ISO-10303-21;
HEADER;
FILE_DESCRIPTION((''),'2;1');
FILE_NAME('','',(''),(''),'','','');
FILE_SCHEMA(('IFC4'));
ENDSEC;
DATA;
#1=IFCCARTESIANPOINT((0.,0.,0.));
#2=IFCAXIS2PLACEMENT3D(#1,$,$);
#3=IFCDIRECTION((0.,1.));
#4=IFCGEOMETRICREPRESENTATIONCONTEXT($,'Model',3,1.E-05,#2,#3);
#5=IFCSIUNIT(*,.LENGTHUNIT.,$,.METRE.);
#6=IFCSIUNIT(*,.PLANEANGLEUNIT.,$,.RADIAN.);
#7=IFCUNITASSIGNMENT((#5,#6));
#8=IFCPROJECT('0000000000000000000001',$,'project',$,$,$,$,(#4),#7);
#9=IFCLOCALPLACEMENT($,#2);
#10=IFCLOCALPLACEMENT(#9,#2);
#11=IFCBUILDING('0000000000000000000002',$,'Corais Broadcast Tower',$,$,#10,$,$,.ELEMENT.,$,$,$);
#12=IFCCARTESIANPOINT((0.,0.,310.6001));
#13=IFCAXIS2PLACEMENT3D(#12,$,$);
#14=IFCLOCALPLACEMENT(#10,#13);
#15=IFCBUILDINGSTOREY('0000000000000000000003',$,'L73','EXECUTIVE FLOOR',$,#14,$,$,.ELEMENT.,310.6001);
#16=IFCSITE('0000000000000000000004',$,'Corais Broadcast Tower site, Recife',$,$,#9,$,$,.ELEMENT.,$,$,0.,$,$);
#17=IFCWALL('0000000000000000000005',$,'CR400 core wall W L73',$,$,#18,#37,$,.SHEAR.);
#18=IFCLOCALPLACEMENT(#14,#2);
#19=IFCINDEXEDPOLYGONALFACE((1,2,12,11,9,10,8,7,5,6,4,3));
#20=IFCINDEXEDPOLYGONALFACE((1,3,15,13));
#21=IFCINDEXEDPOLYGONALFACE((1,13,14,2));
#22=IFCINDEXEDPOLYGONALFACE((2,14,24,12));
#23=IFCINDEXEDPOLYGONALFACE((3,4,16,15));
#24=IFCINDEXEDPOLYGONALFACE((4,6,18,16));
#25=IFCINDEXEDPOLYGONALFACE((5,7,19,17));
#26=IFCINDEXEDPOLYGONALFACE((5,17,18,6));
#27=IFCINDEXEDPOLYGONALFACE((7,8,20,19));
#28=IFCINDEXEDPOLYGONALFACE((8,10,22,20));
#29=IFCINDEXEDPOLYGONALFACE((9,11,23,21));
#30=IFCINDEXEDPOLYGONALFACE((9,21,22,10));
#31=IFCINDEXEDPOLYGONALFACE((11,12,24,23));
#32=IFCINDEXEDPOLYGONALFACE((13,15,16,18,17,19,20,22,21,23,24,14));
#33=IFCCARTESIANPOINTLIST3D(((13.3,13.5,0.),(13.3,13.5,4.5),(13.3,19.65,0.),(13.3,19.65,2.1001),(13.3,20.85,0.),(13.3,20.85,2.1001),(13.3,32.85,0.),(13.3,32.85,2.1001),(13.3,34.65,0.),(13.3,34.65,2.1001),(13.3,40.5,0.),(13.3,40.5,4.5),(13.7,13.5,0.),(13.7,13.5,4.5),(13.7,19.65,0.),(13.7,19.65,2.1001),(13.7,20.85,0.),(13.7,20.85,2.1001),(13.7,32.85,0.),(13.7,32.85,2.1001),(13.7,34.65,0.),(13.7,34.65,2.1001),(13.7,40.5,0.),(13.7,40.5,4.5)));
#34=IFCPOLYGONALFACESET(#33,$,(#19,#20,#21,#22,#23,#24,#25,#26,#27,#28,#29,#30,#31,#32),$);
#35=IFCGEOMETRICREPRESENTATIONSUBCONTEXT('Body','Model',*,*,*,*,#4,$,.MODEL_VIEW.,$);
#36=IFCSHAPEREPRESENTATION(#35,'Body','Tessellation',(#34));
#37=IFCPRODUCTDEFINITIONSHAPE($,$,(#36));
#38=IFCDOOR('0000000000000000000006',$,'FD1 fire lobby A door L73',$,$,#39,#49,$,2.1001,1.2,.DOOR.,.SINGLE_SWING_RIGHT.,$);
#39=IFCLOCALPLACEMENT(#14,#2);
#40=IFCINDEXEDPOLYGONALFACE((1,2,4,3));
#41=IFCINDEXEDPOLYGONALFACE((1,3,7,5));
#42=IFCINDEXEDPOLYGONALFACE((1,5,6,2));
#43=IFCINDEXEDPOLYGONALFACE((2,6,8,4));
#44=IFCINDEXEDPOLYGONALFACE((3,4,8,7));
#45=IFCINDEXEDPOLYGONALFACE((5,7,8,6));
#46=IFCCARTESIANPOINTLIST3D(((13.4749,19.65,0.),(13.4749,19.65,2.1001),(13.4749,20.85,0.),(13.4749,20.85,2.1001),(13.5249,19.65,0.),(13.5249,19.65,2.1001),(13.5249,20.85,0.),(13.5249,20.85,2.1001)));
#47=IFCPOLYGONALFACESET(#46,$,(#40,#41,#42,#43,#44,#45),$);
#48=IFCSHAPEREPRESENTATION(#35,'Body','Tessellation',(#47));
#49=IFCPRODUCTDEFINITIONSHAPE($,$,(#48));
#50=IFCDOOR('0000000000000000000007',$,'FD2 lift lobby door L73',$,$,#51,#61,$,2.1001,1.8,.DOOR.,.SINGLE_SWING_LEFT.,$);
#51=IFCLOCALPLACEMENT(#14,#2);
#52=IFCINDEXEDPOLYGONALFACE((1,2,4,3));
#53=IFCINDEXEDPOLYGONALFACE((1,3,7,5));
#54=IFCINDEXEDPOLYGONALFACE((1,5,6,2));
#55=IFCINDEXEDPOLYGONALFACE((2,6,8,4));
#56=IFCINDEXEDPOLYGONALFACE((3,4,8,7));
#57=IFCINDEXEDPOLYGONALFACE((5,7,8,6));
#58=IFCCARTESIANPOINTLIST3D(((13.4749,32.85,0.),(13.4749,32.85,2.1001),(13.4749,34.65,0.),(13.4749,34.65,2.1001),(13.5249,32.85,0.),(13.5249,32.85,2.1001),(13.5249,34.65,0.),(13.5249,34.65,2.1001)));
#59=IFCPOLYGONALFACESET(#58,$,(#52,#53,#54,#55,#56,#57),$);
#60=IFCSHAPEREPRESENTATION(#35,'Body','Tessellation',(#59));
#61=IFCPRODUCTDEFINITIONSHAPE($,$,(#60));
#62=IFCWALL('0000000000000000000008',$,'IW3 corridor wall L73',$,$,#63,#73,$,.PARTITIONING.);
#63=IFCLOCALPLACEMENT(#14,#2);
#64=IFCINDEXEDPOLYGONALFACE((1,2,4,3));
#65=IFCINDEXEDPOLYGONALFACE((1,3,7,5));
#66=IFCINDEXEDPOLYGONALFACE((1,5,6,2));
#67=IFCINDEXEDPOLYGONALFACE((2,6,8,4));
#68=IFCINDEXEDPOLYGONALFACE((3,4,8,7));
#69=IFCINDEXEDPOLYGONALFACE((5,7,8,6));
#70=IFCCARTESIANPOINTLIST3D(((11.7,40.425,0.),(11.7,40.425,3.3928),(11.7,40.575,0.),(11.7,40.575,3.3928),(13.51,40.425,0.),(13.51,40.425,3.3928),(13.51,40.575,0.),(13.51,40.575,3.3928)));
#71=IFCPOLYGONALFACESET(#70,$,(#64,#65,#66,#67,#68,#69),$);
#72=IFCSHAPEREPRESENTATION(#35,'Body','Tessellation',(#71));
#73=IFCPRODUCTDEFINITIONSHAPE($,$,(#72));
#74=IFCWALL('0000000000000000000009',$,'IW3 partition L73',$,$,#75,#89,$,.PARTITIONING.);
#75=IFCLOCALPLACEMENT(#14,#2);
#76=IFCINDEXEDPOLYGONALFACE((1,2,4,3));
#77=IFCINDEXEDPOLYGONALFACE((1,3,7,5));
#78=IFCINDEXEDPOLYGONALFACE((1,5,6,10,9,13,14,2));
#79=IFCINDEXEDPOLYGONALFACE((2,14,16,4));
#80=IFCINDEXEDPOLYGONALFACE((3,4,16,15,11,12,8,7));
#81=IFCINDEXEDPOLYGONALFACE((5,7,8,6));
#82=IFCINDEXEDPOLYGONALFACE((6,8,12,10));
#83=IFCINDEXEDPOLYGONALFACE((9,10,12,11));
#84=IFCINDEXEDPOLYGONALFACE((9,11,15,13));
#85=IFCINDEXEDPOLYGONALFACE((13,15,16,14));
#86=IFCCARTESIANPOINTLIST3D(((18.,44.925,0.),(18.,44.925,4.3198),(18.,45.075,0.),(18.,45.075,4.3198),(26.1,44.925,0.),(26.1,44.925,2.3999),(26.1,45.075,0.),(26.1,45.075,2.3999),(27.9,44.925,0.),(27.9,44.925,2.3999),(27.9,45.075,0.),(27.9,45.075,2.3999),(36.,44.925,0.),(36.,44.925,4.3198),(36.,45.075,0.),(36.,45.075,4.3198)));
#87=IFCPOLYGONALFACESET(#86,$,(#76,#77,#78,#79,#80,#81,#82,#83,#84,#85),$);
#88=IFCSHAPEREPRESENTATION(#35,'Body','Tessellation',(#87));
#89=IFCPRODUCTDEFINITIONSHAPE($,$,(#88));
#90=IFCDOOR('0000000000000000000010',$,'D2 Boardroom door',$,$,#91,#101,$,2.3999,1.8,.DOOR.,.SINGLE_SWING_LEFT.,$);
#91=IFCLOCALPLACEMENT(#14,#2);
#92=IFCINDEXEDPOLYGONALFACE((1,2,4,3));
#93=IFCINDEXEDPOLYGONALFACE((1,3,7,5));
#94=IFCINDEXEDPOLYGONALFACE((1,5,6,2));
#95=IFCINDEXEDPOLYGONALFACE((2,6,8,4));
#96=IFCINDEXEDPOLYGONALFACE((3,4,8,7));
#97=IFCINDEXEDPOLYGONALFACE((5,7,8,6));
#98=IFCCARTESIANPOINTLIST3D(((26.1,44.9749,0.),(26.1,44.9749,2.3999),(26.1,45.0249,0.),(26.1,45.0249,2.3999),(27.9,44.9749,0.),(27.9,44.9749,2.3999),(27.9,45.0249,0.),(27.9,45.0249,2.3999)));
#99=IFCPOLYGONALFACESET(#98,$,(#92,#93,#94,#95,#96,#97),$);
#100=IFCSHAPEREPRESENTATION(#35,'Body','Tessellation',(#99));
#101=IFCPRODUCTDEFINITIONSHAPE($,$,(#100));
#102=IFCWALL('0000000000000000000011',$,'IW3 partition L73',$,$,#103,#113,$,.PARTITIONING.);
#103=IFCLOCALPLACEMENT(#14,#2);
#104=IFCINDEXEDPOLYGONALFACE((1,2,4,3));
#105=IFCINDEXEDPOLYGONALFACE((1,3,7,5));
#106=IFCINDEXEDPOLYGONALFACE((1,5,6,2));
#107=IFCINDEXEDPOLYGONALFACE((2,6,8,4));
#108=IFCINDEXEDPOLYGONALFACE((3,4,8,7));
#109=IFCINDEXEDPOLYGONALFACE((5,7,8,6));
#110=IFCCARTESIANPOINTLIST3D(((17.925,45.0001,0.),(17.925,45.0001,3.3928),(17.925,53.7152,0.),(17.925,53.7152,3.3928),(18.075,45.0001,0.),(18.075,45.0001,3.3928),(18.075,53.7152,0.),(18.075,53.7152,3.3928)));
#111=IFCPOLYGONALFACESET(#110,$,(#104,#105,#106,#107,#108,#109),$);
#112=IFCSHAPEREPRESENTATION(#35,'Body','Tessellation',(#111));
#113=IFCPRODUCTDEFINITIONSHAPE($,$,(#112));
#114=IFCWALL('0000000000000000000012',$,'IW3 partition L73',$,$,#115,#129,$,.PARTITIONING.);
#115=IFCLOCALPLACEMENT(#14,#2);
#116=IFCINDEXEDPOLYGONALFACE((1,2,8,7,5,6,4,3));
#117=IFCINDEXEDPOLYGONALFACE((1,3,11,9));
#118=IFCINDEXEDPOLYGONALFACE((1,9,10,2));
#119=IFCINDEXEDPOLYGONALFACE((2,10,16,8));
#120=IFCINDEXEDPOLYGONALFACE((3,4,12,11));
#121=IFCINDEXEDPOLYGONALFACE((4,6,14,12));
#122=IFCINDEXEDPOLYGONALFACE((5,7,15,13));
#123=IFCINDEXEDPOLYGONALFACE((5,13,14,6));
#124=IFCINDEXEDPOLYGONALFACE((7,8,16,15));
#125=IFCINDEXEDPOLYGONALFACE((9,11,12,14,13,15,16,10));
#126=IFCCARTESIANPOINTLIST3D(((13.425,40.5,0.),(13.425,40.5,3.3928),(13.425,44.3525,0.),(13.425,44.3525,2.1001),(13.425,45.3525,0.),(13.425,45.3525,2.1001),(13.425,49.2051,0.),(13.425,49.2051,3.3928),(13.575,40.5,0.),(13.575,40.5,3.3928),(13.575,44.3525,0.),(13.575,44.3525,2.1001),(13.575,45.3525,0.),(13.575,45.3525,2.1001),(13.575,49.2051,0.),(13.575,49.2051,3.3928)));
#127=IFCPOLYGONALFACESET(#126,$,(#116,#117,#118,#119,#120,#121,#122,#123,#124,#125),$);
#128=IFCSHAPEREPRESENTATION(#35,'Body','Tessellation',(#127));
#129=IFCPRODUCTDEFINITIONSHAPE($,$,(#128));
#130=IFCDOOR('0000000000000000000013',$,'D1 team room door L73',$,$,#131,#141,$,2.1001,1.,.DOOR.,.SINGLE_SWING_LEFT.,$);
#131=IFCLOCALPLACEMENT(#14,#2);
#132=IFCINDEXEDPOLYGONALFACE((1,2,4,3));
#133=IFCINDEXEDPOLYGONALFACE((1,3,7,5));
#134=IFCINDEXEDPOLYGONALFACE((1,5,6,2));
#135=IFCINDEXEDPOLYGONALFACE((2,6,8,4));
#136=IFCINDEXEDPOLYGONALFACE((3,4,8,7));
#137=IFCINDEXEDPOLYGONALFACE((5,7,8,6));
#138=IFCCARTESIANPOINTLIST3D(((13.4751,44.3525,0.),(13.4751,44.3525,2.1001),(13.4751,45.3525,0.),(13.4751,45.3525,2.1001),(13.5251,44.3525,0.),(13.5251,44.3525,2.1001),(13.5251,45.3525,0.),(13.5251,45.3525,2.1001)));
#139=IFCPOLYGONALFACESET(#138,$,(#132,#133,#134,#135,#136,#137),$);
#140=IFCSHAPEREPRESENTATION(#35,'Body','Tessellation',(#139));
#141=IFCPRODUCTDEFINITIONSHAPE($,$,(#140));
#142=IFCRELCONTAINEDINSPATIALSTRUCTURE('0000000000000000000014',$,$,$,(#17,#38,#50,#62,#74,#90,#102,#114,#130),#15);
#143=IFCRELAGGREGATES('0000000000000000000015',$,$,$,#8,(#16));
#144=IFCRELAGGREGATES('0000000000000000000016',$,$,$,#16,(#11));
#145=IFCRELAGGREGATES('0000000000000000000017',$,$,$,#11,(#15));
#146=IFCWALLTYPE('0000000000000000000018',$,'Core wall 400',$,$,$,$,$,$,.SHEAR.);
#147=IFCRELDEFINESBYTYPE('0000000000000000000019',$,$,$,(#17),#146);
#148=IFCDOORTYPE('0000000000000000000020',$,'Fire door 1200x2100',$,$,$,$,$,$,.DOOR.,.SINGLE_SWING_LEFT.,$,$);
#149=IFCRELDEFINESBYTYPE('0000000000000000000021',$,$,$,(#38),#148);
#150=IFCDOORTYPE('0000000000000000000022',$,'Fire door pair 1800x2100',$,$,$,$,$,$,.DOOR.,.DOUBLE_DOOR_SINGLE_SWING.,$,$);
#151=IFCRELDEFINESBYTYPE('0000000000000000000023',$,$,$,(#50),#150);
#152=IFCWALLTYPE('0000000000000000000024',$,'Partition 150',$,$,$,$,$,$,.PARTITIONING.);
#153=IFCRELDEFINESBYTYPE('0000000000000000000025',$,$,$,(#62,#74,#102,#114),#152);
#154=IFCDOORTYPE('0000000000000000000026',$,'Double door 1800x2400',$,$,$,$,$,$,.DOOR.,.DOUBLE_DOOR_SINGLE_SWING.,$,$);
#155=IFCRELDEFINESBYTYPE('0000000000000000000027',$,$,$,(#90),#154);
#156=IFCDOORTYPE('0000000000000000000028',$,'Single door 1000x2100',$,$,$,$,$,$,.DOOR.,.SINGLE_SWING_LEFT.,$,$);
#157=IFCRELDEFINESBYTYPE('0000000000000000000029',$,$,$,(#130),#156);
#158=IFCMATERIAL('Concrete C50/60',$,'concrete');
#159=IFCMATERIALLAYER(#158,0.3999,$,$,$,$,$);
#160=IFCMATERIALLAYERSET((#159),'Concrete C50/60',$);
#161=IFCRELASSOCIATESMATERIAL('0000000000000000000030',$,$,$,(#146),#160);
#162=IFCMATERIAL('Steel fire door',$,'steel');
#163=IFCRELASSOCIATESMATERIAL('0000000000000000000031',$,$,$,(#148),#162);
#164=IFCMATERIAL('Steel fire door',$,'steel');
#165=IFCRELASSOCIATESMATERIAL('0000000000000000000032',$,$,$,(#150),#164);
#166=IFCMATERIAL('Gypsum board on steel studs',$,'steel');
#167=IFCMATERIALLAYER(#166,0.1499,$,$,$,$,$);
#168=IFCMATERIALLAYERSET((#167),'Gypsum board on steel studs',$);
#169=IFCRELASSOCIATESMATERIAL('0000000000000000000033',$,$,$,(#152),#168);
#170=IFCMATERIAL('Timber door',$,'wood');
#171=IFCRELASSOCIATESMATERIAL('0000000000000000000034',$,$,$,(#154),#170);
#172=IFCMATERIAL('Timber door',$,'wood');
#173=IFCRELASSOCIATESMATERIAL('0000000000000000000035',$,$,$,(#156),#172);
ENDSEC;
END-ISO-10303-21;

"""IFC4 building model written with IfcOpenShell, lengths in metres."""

from ifc_helpers import new_model, si_unit, direction, frame, frame_2d, origin, place, context, subcontext, project, spatial, rectangle, extrude, material, layer, layer_set, type_object, element, fill, save


model = new_model("IFC4")

# Units and contexts
model_context = context("Model", 3, precision=1e-05, world=origin(), true_north=direction((0.0, 1.0)))
body_context = subcontext(model_context, "Body", "Model", "MODEL_VIEW")
ifc_project = project(units=[si_unit("LENGTHUNIT", "METRE"), si_unit("PLANEANGLEUNIT", "RADIAN")], contexts=[model_context])

# Site, building, storey
site_placement = place(None, origin())
site = spatial("IfcSite", under=ifc_project, at=site_placement, Name="Corais Broadcast Tower site, Recife", CompositionType="ELEMENT", RefElevation=0.0)
building_placement = place(site_placement, origin())
building = spatial("IfcBuilding", under=site, at=building_placement, Name="Corais Broadcast Tower", CompositionType="ELEMENT")
storey_placement = place(building_placement, frame((0.0, 0.0, 310.6001)))
storey = spatial("IfcBuildingStorey", under=building, at=storey_placement, Name="L73", Description="EXECUTIVE FLOOR", CompositionType="ELEMENT", Elevation=310.6001)

# Wall, openings, doors
ifc_material_1 = material(Name="Concrete C50/60", Category="concrete")
ifc_layer_1 = layer(ifc_material_1, 0.3999)
ifc_layer_set_1 = layer_set([ifc_layer_1], Name="Concrete C50/60")
wall_type_1 = type_object("IfcWallType", Name="Core wall 400", PredefinedType="SHEAR", material=ifc_layer_set_1)
wall_1_placement = place(storey_placement, frame((13.5, 40.5, 0.0), z_axis=(0.0, 0.0, 1.0), x_axis=(0.0, -1.0, 0.0)))
wall_1 = element("IfcWall", 1, at=wall_1_placement, inside=storey, type_object=wall_type_1, Name="CR400 core wall W L73", PredefinedType="SHEAR", context=body_context, shape_type="SweptSolid", body=[
    extrude(rectangle(XDim=27.0, YDim=0.3999, at=frame_2d((13.5, 0.0))), origin(), (0.0, 0.0, 1.0), 4.5),
])
opening_1_placement = place(wall_1_placement, frame((19.6499, 0.0, 0.0)))
opening_1 = element("IfcOpeningElement", 2, at=opening_1_placement, cuts=wall_1, PredefinedType="OPENING", context=body_context, shape_type="SweptSolid", body=[
    extrude(rectangle(XDim=1.2, YDim=2.1001, at=frame_2d((0.6001, 1.05))), frame((0.0, 0.21, 0.0), z_axis=(0.0, -1.0, 0.0), x_axis=(1.0, 0.0, 0.0)), (0.0, 0.0, 1.0), 0.4199),
])
opening_2_placement = place(wall_1_placement, frame((5.8501, 0.0, 0.0)))
opening_2 = element("IfcOpeningElement", 3, at=opening_2_placement, cuts=wall_1, PredefinedType="OPENING", context=body_context, shape_type="SweptSolid", body=[
    extrude(rectangle(XDim=1.8, YDim=2.1001, at=frame_2d((0.8999, 1.05))), frame((0.0, 0.21, 0.0), z_axis=(0.0, -1.0, 0.0), x_axis=(1.0, 0.0, 0.0)), (0.0, 0.0, 1.0), 0.4199),
])
ifc_material_2 = material(Name="Steel fire door", Category="steel")
door_type_1 = type_object("IfcDoorType", Name="Fire door 1200x2100", OperationType="SINGLE_SWING_LEFT", PredefinedType="DOOR", material=ifc_material_2)
door_1_placement = place(opening_1_placement, origin())
door_1 = element("IfcDoor", 4, at=door_1_placement, inside=storey, type_object=door_type_1, Name="FD1 fire lobby A door L73", OperationType="SINGLE_SWING_RIGHT", OverallHeight=2.1001, OverallWidth=1.2, PredefinedType="DOOR", context=body_context, shape_type="SweptSolid", body=[
    extrude(rectangle(XDim=1.2, YDim=2.1001, at=frame_2d((0.6001, 1.05))), frame((0.0, 0.0249, 0.0), z_axis=(0.0, -1.0, 0.0), x_axis=(1.0, 0.0, 0.0)), (0.0, 0.0, 1.0), 0.05),
])
fill(opening_1, door_1)
ifc_material_3 = material(Name="Steel fire door", Category="steel")
door_type_2 = type_object("IfcDoorType", Name="Fire door pair 1800x2100", OperationType="DOUBLE_DOOR_SINGLE_SWING", PredefinedType="DOOR", material=ifc_material_3)
door_2_placement = place(opening_2_placement, origin())
door_2 = element("IfcDoor", 5, at=door_2_placement, inside=storey, type_object=door_type_2, Name="FD2 lift lobby door L73", OperationType="SINGLE_SWING_LEFT", OverallHeight=2.1001, OverallWidth=1.8, PredefinedType="DOOR", context=body_context, shape_type="SweptSolid", body=[
    extrude(rectangle(XDim=1.8, YDim=2.1001, at=frame_2d((0.8999, 1.05))), frame((0.0, 0.0249, 0.0), z_axis=(0.0, -1.0, 0.0), x_axis=(1.0, 0.0, 0.0)), (0.0, 0.0, 1.0), 0.05),
])
fill(opening_2, door_2)

# Wall
ifc_material_4 = material(Name="Gypsum board on steel studs", Category="steel")
ifc_layer_2 = layer(ifc_material_4, 0.1499)
ifc_layer_set_2 = layer_set([ifc_layer_2], Name="Gypsum board on steel studs")
wall_type_2 = type_object("IfcWallType", Name="Partition 150", PredefinedType="PARTITIONING", material=ifc_layer_set_2)
wall_2_placement = place(storey_placement, frame((13.51, 40.5, 0.0), z_axis=(0.0, 0.0, 1.0), x_axis=(-1.0, 0.0, 0.0)))
element("IfcWall", 6, at=wall_2_placement, inside=storey, type_object=wall_type_2, Name="IW3 corridor wall L73", PredefinedType="PARTITIONING", context=body_context, shape_type="SweptSolid", body=[
    extrude(rectangle(XDim=1.8101, YDim=0.1499, at=frame_2d((0.905, 0.0))), origin(), (0.0, 0.0, 1.0), 3.3928),
])

# Wall, opening, door
wall_3_placement = place(storey_placement, frame((18.0, 45.0, 0.0), z_axis=(0.0, 0.0, 1.0), x_axis=(1.0, 0.0, 0.0)))
wall_3 = element("IfcWall", 7, at=wall_3_placement, inside=storey, type_object=wall_type_2, Name="IW3 partition L73", PredefinedType="PARTITIONING", context=body_context, shape_type="SweptSolid", body=[
    extrude(rectangle(XDim=18.0, YDim=0.1499, at=frame_2d((9.0, 0.0))), origin(), (0.0, 0.0, 1.0), 4.3198),
])
opening_3_placement = place(wall_3_placement, frame((8.1001, 0.0, 0.0)))
opening_3 = element("IfcOpeningElement", 8, at=opening_3_placement, cuts=wall_3, PredefinedType="OPENING", context=body_context, shape_type="SweptSolid", body=[
    extrude(rectangle(XDim=1.8, YDim=2.3999, at=frame_2d((0.8999, 1.2))), frame((0.0, 0.085, 0.0), z_axis=(0.0, -1.0, 0.0), x_axis=(1.0, 0.0, 0.0)), (0.0, 0.0, 1.0), 0.1699),
])
ifc_material_5 = material(Name="Timber door", Category="wood")
door_type_3 = type_object("IfcDoorType", Name="Double door 1800x2400", OperationType="DOUBLE_DOOR_SINGLE_SWING", PredefinedType="DOOR", material=ifc_material_5)
door_3_placement = place(opening_3_placement, origin())
door_3 = element("IfcDoor", 9, at=door_3_placement, inside=storey, type_object=door_type_3, Name="D2 Boardroom door", OperationType="SINGLE_SWING_LEFT", OverallHeight=2.3999, OverallWidth=1.8, PredefinedType="DOOR", context=body_context, shape_type="SweptSolid", body=[
    extrude(rectangle(XDim=1.8, YDim=2.3999, at=frame_2d((0.8999, 1.2))), frame((0.0, 0.0249, 0.0), z_axis=(0.0, -1.0, 0.0), x_axis=(1.0, 0.0, 0.0)), (0.0, 0.0, 1.0), 0.05),
])
fill(opening_3, door_3)

# Wall
wall_4_placement = place(storey_placement, frame((18.0, 53.7151, 0.0), z_axis=(0.0, 0.0, 1.0), x_axis=(0.0, -1.0, 0.0)))
element("IfcWall", 10, at=wall_4_placement, inside=storey, type_object=wall_type_2, Name="IW3 partition L73", PredefinedType="PARTITIONING", context=body_context, shape_type="SweptSolid", body=[
    extrude(rectangle(XDim=8.7151, YDim=0.1499, at=frame_2d((4.3574, 0.0))), origin(), (0.0, 0.0, 1.0), 3.3928),
])

# Wall, opening, door
wall_5_placement = place(storey_placement, frame((13.5, 40.5, 0.0), z_axis=(0.0, 0.0, 1.0), x_axis=(0.0, 1.0, 0.0)))
wall_5 = element("IfcWall", 11, at=wall_5_placement, inside=storey, type_object=wall_type_2, Name="IW3 partition L73", PredefinedType="PARTITIONING", context=body_context, shape_type="SweptSolid", body=[
    extrude(rectangle(XDim=8.7051, YDim=0.1499, at=frame_2d((4.3525, 0.0))), origin(), (0.0, 0.0, 1.0), 3.3928),
])
opening_4_placement = place(wall_5_placement, frame((3.8525, 0.0, 0.0)))
opening_4 = element("IfcOpeningElement", 12, at=opening_4_placement, cuts=wall_5, PredefinedType="OPENING", context=body_context, shape_type="SweptSolid", body=[
    extrude(rectangle(XDim=1.0, YDim=2.1001, at=frame_2d((0.5, 1.05))), frame((0.0, 0.085, 0.0), z_axis=(0.0, -1.0, 0.0), x_axis=(1.0, 0.0, 0.0)), (0.0, 0.0, 1.0), 0.1699),
])
ifc_material_6 = material(Name="Timber door", Category="wood")
door_type_4 = type_object("IfcDoorType", Name="Single door 1000x2100", OperationType="SINGLE_SWING_LEFT", PredefinedType="DOOR", material=ifc_material_6)
door_4_placement = place(opening_4_placement, origin())
door_4 = element("IfcDoor", 13, at=door_4_placement, inside=storey, type_object=door_type_4, Name="D1 team room door L73", OperationType="SINGLE_SWING_LEFT", OverallHeight=2.1001, OverallWidth=1.0, PredefinedType="DOOR", context=body_context, shape_type="SweptSolid", body=[
    extrude(rectangle(XDim=1.0, YDim=2.1001, at=frame_2d((0.5, 1.05))), frame((0.0, 0.0249, 0.0), z_axis=(0.0, -1.0, 0.0), x_axis=(1.0, 0.0, 0.0)), (0.0, 0.0, 1.0), 0.05),
])
fill(opening_4, door_4)

save(model, "model.ifc")
